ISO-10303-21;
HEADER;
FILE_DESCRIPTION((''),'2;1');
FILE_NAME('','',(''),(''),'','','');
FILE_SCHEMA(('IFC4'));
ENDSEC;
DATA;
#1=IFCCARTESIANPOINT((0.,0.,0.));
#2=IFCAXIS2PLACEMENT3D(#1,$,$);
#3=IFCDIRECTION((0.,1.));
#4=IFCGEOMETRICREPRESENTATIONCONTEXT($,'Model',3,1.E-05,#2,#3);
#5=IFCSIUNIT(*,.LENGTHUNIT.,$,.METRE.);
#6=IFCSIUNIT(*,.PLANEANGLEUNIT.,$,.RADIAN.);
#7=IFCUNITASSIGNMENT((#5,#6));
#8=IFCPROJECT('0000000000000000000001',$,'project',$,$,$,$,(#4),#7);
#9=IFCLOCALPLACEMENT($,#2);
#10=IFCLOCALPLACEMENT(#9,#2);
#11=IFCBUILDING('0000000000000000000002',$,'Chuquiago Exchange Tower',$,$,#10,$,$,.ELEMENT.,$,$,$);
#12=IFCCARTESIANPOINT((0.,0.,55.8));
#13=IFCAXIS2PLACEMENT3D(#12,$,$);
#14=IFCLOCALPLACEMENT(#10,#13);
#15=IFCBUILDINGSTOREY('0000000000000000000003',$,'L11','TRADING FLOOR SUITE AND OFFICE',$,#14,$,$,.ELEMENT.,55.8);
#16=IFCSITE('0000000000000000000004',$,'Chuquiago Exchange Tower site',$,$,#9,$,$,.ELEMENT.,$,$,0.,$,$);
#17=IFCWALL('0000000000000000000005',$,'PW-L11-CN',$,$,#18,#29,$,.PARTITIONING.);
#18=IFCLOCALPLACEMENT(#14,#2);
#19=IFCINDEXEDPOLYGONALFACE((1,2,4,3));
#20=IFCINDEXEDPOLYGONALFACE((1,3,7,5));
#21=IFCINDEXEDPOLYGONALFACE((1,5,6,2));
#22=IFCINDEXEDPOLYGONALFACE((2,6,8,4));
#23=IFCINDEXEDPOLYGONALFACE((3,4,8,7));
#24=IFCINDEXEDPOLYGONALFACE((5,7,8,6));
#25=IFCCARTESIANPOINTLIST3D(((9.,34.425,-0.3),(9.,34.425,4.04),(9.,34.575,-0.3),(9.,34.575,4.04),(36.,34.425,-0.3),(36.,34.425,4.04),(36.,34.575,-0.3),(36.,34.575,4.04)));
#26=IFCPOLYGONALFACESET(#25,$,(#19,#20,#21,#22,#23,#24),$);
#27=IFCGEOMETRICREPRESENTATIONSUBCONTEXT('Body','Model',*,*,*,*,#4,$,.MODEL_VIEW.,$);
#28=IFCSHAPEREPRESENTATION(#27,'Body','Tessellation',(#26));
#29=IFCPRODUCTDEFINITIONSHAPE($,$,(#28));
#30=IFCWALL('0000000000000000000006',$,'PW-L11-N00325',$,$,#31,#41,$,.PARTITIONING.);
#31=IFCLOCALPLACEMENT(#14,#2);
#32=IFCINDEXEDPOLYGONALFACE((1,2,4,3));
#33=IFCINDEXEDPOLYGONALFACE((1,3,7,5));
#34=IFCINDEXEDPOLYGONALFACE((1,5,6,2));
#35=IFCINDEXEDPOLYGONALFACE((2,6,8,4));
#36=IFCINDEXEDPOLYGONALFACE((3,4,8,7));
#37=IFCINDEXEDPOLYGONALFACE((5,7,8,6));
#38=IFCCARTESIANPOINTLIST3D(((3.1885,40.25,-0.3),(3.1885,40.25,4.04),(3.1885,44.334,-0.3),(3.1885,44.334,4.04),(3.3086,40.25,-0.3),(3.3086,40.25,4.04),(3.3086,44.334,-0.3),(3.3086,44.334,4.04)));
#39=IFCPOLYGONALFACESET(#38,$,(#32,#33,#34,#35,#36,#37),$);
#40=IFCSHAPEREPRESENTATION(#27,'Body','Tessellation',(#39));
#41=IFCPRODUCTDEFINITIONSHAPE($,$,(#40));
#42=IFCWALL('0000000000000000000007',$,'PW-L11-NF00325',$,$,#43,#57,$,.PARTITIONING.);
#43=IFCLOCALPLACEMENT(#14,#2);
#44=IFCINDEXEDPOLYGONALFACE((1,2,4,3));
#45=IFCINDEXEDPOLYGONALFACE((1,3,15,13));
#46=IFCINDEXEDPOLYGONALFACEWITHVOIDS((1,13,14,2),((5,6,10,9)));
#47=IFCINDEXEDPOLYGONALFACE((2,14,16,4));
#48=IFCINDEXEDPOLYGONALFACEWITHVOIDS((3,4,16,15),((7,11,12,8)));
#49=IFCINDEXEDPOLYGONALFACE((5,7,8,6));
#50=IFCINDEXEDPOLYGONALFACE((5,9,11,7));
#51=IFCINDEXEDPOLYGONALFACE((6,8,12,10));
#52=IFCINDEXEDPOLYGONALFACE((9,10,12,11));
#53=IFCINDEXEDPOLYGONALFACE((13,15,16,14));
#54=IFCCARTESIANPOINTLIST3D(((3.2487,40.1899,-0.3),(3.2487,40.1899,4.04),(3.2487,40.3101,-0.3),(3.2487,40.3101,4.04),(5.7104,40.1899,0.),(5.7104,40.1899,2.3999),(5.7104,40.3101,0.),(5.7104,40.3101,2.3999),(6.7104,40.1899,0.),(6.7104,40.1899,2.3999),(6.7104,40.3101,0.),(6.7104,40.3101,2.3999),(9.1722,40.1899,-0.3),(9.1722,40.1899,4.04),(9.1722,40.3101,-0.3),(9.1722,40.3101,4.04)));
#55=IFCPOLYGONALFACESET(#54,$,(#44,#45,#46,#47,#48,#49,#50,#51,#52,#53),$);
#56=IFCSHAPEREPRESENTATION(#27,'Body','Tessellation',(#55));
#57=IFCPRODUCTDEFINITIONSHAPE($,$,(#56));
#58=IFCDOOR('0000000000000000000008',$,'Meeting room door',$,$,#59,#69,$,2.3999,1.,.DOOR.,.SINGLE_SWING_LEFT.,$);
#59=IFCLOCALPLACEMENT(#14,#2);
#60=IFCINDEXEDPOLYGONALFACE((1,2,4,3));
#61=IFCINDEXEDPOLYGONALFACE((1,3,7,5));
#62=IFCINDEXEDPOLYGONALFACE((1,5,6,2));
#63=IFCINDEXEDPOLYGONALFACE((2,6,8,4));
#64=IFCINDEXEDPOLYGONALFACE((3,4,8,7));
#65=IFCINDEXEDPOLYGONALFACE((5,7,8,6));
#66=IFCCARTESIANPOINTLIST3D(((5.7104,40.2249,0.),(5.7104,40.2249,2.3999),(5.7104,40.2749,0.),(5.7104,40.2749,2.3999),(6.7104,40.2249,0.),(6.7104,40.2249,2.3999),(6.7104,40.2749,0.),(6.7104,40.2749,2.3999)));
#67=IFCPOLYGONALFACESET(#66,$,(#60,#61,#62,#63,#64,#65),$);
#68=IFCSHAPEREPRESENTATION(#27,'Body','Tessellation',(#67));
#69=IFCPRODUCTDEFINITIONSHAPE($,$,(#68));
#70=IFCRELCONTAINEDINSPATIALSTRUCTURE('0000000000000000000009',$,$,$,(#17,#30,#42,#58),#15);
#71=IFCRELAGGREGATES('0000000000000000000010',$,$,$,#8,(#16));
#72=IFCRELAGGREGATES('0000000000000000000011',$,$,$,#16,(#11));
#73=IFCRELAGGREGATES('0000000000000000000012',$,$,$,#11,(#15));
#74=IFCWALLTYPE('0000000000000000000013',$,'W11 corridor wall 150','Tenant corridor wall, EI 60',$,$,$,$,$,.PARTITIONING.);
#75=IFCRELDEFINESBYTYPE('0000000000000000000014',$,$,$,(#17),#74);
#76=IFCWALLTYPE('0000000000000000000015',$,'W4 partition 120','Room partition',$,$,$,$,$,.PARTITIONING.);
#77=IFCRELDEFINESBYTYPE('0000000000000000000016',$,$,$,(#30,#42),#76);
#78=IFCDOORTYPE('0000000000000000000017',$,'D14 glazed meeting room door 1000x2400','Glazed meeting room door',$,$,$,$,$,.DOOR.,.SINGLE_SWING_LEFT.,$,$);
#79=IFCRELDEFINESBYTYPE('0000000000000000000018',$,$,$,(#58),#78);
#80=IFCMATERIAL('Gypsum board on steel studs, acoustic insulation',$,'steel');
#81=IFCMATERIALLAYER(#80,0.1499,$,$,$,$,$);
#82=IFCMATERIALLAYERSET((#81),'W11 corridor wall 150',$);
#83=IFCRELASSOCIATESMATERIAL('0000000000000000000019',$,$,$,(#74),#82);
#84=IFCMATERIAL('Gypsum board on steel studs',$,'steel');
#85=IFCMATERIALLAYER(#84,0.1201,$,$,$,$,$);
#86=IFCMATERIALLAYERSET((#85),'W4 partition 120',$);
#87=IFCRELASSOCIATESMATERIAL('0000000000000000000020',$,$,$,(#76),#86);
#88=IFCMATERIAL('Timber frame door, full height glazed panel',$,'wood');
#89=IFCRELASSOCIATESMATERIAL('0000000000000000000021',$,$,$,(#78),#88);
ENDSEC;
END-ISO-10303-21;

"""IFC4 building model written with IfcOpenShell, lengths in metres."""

from ifc_helpers import new_model, si_unit, direction, frame, frame_2d, origin, place, context, subcontext, project, spatial, rectangle, extrude, material, layer, layer_set, type_object, element, fill, save


model = new_model("IFC4")

# Units and contexts
model_context = context("Model", 3, precision=1e-05, world=origin(), true_north=direction((0.0, 1.0)))
body_context = subcontext(model_context, "Body", "Model", "MODEL_VIEW")
ifc_project = project(units=[si_unit("LENGTHUNIT", "METRE"), si_unit("PLANEANGLEUNIT", "RADIAN")], contexts=[model_context])

# Site, building, storey
site_placement = place(None, origin())
site = spatial("IfcSite", under=ifc_project, at=site_placement, Name="Chuquiago Exchange Tower site", CompositionType="ELEMENT", RefElevation=0.0)
building_placement = place(site_placement, origin())
building = spatial("IfcBuilding", under=site, at=building_placement, Name="Chuquiago Exchange Tower", CompositionType="ELEMENT")
storey_placement = place(building_placement, frame((0.0, 0.0, 55.8)))
storey = spatial("IfcBuildingStorey", under=building, at=storey_placement, Name="L11", Description="TRADING FLOOR SUITE AND OFFICE", CompositionType="ELEMENT", Elevation=55.8)

# Walls
ifc_material_1 = material(Name="Gypsum board on steel studs, acoustic insulation", Category="steel")
ifc_layer_1 = layer(ifc_material_1, 0.1499)
ifc_layer_set_1 = layer_set([ifc_layer_1], Name="W11 corridor wall 150")
wall_type_1 = type_object("IfcWallType", Name="W11 corridor wall 150", Description="Tenant corridor wall, EI 60", PredefinedType="PARTITIONING", material=ifc_layer_set_1)
wall_1_placement = place(storey_placement, frame((9.0, 34.5, -0.3), z_axis=(0.0, 0.0, 1.0), x_axis=(1.0, 0.0, 0.0)))
element("IfcWall", 1, at=wall_1_placement, inside=storey, type_object=wall_type_1, Name="PW-L11-CN", PredefinedType="PARTITIONING", context=body_context, shape_type="SweptSolid", body=[
    extrude(rectangle(XDim=27.0, YDim=0.1499, at=frame_2d((13.5, 0.0))), origin(), (0.0, 0.0, 1.0), 4.3401),
])
ifc_material_2 = material(Name="Gypsum board on steel studs", Category="steel")
ifc_layer_2 = layer(ifc_material_2, 0.1201)
ifc_layer_set_2 = layer_set([ifc_layer_2], Name="W4 partition 120")
wall_type_2 = type_object("IfcWallType", Name="W4 partition 120", Description="Room partition", PredefinedType="PARTITIONING", material=ifc_layer_set_2)
wall_2_placement = place(storey_placement, frame((3.2485, 44.334, -0.3), z_axis=(0.0, 0.0, 1.0), x_axis=(0.0, -1.0, 0.0)))
element("IfcWall", 2, at=wall_2_placement, inside=storey, type_object=wall_type_2, Name="PW-L11-N00325", PredefinedType="PARTITIONING", context=body_context, shape_type="SweptSolid", body=[
    extrude(rectangle(XDim=4.084, YDim=0.1201, at=frame_2d((2.042, 0.0))), origin(), (0.0, 0.0, 1.0), 4.3401),
])

# Wall, opening, door
wall_3_placement = place(storey_placement, frame((3.2485, 40.25, -0.3), z_axis=(0.0, 0.0, 1.0), x_axis=(1.0, 0.0, 0.0)))
wall_3 = element("IfcWall", 3, at=wall_3_placement, inside=storey, type_object=wall_type_2, Name="PW-L11-NF00325", PredefinedType="PARTITIONING", context=body_context, shape_type="SweptSolid", body=[
    extrude(rectangle(XDim=5.9236, YDim=0.1201, at=frame_2d((2.9619, 0.0))), origin(), (0.0, 0.0, 1.0), 4.3401),
])
opening_placement = place(wall_3_placement, frame((2.4619, 0.0, 0.3)))
opening = element("IfcOpeningElement", 4, at=opening_placement, cuts=wall_3, PredefinedType="OPENING", context=body_context, shape_type="SweptSolid", body=[
    extrude(rectangle(XDim=1.0, YDim=2.3999, at=frame_2d((0.5, 1.2))), frame((0.0, 0.0701, 0.0), z_axis=(0.0, -1.0, 0.0), x_axis=(1.0, 0.0, 0.0)), (0.0, 0.0, 1.0), 0.1401),
])
ifc_material_3 = material(Name="Timber frame door, full height glazed panel", Category="wood")
door_type = type_object("IfcDoorType", Name="D14 glazed meeting room door 1000x2400", Description="Glazed meeting room door", OperationType="SINGLE_SWING_LEFT", PredefinedType="DOOR", material=ifc_material_3)
door_placement = place(opening_placement, origin())
door = element("IfcDoor", 5, at=door_placement, inside=storey, type_object=door_type, Name="Meeting room door", OperationType="SINGLE_SWING_LEFT", OverallHeight=2.3999, OverallWidth=1.0, PredefinedType="DOOR", context=body_context, shape_type="SweptSolid", body=[
    extrude(rectangle(XDim=1.0, YDim=2.3999, at=frame_2d((0.5, 1.2))), frame((0.0, 0.0249, 0.0), z_axis=(0.0, -1.0, 0.0), x_axis=(1.0, 0.0, 0.0)), (0.0, 0.0, 1.0), 0.05),
])
fill(opening, door)

save(model, "model.ifc")
